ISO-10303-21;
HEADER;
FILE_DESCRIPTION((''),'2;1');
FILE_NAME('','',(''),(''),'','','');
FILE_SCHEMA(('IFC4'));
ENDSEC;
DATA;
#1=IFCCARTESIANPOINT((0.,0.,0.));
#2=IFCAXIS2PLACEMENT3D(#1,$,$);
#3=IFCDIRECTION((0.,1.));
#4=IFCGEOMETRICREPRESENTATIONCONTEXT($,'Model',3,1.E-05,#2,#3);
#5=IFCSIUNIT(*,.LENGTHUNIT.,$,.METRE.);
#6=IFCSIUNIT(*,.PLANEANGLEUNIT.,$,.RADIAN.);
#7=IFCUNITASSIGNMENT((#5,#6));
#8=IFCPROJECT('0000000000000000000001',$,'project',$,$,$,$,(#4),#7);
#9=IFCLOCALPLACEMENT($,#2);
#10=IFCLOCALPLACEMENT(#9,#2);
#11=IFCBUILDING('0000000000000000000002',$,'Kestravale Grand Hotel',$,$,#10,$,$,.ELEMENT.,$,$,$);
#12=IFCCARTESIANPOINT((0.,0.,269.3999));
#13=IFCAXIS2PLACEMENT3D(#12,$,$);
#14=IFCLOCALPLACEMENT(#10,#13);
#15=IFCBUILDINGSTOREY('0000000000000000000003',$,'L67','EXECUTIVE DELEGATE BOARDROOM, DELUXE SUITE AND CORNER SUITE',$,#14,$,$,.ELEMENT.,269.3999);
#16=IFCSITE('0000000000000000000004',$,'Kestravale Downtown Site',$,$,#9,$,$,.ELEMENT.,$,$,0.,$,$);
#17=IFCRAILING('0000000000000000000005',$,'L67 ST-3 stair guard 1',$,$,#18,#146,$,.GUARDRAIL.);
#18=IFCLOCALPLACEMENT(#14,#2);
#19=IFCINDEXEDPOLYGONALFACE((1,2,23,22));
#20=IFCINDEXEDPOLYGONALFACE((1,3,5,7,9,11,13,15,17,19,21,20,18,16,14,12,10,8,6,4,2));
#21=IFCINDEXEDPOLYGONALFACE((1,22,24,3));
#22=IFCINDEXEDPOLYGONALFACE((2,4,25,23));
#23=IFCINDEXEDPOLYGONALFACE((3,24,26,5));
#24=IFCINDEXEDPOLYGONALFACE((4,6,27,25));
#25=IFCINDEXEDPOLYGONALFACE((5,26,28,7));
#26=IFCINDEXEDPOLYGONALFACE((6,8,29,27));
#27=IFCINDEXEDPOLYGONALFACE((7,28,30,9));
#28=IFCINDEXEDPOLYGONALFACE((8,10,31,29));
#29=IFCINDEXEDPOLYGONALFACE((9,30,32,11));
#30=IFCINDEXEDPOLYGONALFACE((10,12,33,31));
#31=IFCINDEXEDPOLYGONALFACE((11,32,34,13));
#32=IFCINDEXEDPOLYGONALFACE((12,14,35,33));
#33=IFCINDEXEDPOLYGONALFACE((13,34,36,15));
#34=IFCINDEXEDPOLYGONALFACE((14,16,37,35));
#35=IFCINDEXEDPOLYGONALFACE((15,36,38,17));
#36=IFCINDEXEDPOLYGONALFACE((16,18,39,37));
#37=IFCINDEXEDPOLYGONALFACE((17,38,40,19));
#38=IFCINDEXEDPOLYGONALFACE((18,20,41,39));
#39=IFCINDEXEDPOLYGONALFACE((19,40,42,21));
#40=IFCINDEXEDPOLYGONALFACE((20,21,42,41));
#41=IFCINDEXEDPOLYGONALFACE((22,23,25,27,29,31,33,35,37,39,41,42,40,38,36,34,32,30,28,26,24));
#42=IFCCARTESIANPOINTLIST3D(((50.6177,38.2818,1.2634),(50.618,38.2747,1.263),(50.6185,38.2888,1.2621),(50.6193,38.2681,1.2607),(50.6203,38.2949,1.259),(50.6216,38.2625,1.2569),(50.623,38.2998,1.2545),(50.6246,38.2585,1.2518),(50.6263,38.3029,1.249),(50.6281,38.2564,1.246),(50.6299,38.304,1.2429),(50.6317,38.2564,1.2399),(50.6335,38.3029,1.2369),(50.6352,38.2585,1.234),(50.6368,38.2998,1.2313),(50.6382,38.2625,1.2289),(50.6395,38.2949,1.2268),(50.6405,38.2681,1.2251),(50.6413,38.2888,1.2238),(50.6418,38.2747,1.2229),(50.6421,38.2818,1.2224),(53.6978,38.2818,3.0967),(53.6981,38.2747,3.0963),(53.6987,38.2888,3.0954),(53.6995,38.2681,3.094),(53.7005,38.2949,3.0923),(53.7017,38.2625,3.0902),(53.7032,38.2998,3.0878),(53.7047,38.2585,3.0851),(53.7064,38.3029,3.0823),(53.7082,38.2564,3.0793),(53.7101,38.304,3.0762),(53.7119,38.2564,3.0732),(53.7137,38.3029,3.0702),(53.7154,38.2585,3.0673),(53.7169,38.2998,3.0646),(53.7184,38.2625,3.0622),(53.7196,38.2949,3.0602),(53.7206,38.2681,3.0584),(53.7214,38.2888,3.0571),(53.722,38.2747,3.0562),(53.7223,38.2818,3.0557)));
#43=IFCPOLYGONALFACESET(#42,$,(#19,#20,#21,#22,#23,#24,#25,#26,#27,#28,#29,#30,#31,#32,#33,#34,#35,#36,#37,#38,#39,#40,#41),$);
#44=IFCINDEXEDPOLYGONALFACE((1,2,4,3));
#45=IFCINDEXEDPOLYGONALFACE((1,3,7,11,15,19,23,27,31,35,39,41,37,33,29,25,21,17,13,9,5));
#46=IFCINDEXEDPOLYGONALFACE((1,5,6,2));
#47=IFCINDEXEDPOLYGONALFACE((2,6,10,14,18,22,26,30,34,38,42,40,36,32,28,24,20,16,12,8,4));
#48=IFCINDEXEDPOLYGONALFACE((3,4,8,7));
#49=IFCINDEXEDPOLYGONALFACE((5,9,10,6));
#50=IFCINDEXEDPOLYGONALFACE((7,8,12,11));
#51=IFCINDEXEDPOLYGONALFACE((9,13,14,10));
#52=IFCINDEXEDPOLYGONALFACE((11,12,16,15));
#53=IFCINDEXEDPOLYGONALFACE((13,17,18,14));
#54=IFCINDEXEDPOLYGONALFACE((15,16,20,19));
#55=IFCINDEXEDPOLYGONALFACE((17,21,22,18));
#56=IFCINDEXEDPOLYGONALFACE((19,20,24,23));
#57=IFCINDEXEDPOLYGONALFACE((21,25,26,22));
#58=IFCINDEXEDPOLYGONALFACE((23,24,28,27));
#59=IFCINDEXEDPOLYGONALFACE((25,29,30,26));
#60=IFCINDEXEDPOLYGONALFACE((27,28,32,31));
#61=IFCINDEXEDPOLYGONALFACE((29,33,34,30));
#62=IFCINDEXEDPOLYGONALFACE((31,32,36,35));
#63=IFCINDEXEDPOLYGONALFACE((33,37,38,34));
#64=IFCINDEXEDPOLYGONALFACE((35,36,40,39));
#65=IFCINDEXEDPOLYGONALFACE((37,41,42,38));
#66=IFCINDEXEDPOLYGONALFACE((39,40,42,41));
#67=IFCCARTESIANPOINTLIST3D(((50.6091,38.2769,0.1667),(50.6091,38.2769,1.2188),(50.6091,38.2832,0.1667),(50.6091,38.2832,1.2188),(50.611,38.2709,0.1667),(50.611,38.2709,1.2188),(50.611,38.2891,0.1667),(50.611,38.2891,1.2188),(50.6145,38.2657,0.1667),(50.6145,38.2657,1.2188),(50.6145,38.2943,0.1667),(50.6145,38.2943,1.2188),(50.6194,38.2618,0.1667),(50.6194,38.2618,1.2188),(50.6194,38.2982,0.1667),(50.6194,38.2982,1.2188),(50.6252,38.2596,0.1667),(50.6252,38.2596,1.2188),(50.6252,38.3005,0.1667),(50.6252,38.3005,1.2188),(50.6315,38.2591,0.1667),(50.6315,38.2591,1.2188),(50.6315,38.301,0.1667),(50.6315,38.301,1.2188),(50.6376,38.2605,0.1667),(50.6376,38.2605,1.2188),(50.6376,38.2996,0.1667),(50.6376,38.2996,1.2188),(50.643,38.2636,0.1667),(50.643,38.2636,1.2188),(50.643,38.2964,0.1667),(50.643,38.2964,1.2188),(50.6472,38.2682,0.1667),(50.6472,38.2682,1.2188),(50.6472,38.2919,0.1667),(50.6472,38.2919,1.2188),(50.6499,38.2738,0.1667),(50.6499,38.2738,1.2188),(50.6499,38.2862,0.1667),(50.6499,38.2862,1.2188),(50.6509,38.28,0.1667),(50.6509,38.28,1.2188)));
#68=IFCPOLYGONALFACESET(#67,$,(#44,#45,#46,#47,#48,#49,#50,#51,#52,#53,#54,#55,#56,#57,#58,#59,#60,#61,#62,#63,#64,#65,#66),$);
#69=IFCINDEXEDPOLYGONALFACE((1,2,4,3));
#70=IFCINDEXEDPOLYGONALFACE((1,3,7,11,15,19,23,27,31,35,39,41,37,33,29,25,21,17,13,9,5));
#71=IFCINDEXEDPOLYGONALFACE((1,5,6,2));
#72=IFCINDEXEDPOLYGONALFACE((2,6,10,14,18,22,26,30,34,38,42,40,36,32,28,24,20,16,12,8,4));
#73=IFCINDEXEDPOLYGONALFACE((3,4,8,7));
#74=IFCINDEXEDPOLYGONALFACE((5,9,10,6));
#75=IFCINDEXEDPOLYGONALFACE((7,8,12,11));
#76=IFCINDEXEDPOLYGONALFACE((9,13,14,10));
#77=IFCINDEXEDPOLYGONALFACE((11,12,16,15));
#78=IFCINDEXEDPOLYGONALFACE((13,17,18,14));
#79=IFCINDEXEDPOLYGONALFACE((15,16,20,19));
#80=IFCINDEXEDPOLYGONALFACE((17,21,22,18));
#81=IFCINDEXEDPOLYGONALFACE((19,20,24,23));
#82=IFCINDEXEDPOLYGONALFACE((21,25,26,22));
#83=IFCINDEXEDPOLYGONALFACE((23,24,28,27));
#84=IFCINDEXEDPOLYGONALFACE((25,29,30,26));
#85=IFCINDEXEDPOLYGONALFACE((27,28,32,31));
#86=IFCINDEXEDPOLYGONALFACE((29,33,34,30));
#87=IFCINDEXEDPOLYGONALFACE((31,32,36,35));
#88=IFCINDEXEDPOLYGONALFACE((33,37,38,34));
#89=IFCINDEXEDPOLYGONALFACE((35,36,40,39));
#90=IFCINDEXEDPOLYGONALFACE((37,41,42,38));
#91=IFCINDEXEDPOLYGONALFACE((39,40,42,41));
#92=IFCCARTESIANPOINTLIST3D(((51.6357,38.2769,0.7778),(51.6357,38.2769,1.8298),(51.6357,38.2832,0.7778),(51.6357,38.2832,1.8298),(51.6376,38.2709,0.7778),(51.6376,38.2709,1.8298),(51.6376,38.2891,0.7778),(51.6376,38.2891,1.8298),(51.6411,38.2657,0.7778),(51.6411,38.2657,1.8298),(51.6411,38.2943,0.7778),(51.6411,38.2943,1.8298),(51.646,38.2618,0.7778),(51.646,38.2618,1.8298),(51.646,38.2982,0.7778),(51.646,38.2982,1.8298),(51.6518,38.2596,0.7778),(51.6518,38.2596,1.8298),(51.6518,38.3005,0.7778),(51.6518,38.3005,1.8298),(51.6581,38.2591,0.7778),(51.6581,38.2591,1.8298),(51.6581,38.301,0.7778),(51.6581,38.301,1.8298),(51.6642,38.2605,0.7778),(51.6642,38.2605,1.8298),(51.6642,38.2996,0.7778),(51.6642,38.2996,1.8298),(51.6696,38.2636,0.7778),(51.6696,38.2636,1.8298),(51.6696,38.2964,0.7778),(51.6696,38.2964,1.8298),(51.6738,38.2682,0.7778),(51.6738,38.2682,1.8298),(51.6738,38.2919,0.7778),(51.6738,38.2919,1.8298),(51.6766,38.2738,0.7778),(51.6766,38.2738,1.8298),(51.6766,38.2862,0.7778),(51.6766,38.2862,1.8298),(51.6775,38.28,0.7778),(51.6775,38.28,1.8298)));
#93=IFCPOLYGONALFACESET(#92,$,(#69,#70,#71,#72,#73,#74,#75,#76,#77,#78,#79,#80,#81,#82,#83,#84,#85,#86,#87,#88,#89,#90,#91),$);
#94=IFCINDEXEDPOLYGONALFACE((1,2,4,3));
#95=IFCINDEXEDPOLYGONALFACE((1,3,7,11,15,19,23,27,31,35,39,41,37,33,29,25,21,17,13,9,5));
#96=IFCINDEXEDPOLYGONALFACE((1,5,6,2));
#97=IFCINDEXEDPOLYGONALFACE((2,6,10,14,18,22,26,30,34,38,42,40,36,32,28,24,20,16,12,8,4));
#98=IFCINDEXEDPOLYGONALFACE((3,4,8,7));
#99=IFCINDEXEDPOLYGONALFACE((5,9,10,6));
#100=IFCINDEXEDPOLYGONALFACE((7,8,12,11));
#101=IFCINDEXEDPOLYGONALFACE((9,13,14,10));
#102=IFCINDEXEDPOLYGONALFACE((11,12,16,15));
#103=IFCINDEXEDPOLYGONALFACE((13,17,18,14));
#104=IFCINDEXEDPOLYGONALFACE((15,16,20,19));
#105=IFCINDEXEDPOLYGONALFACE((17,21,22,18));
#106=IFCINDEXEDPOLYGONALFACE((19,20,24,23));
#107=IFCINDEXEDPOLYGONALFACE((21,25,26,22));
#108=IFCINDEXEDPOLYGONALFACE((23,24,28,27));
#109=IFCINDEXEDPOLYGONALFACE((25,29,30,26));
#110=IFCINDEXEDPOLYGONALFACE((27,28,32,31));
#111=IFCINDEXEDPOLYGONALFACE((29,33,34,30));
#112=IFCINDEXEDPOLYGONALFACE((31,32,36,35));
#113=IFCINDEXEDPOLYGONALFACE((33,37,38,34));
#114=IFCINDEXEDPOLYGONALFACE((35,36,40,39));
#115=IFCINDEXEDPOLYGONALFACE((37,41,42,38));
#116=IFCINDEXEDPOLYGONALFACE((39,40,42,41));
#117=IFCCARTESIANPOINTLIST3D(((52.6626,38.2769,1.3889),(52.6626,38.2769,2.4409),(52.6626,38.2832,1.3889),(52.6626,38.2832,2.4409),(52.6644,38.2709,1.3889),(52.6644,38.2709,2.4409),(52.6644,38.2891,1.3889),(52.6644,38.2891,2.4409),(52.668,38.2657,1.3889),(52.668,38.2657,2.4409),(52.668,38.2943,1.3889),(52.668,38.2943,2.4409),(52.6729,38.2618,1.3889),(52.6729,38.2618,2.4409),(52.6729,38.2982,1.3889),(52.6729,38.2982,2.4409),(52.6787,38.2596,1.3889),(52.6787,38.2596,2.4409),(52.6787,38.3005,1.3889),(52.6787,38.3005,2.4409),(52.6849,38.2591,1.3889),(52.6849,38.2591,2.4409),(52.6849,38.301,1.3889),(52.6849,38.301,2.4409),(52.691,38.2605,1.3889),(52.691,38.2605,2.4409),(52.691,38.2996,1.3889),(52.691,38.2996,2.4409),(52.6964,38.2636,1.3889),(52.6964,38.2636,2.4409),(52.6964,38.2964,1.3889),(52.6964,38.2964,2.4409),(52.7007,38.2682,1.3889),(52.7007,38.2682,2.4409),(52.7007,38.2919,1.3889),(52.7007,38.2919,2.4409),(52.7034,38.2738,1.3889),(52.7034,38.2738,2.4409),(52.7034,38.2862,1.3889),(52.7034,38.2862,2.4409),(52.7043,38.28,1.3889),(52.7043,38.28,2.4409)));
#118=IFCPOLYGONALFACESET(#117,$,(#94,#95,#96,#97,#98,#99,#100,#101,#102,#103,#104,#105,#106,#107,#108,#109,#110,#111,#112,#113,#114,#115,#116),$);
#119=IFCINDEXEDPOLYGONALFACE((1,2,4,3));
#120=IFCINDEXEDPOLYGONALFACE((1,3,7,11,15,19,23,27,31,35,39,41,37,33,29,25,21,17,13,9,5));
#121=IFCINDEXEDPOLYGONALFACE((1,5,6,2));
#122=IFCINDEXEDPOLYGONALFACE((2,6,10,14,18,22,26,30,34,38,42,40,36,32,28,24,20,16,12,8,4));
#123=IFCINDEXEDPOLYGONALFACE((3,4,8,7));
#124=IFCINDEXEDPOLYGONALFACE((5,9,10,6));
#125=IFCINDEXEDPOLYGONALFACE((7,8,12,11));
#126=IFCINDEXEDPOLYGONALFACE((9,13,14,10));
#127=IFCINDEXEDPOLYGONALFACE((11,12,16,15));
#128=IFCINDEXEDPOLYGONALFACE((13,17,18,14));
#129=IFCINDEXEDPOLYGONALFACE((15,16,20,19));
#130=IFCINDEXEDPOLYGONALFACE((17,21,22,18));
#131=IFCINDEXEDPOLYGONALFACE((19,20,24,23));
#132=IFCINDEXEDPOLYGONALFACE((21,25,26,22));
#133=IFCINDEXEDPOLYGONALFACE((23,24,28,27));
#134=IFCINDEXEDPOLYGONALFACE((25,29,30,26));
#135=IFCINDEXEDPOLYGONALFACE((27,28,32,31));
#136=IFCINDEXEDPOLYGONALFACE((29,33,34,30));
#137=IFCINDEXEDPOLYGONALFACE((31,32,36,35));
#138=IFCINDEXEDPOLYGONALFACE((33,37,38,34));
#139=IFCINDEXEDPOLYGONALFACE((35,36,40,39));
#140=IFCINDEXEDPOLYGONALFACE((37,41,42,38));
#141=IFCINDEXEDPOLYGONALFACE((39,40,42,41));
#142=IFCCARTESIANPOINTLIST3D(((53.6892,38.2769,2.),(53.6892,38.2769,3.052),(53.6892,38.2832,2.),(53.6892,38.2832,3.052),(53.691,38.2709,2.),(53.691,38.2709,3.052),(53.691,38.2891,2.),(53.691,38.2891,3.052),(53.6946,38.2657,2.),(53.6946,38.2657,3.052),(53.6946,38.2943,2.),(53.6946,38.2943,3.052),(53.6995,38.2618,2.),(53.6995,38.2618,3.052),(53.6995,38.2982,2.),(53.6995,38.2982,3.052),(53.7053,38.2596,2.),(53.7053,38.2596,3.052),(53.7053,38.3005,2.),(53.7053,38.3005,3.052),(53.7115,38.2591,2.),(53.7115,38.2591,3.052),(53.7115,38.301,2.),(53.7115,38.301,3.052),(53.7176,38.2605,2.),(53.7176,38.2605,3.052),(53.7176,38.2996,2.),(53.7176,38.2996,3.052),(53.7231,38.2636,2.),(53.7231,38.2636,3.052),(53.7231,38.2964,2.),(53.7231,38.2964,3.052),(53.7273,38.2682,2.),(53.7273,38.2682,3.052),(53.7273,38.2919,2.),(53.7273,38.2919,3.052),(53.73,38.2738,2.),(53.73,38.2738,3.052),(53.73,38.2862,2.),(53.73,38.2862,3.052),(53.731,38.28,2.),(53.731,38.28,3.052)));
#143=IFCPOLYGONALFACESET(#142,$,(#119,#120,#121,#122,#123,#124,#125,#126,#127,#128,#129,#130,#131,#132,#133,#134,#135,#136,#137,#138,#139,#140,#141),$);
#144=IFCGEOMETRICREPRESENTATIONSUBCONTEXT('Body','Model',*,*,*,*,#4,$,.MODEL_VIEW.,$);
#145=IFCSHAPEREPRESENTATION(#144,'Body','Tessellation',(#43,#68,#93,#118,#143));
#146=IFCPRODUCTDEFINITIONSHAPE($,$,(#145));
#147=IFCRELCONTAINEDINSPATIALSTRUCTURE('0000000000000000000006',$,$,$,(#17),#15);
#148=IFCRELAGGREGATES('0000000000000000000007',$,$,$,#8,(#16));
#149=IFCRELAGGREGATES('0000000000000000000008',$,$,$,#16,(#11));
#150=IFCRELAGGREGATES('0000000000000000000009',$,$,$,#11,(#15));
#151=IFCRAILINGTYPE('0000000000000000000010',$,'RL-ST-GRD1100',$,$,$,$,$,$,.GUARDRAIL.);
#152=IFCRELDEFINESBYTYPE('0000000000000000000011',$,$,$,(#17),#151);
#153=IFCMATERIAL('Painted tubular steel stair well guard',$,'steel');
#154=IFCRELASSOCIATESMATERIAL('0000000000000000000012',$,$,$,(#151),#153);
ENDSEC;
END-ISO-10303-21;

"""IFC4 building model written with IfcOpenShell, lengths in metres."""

from ifc_helpers import new_model, si_unit, direction, frame, origin, origin_2d, place, context, subcontext, project, spatial, circle, extrude, material, type_object, element, save


model = new_model("IFC4")

# Units and contexts
model_context = context("Model", 3, precision=1e-05, world=origin(), true_north=direction((0.0, 1.0)))
body_context = subcontext(model_context, "Body", "Model", "MODEL_VIEW")
ifc_project = project(units=[si_unit("LENGTHUNIT", "METRE"), si_unit("PLANEANGLEUNIT", "RADIAN")], contexts=[model_context])

# Site, building, storey
site_placement = place(None, origin())
site = spatial("IfcSite", under=ifc_project, at=site_placement, Name="Kestravale Downtown Site", CompositionType="ELEMENT", RefElevation=0.0)
building_placement = place(site_placement, origin())
building = spatial("IfcBuilding", under=site, at=building_placement, Name="Kestravale Grand Hotel", CompositionType="ELEMENT")
storey_placement = place(building_placement, frame((0.0, 0.0, 269.3999)))
storey = spatial("IfcBuildingStorey", under=building, at=storey_placement, Name="L67", Description="EXECUTIVE DELEGATE BOARDROOM, DELUXE SUITE AND CORNER SUITE", CompositionType="ELEMENT", Elevation=269.3999)

# Railing
ifc_material_1 = material(Name="Painted tubular steel stair well guard", Category="steel")
railing_type_1 = type_object("IfcRailingType", Name="RL-ST-GRD1100", PredefinedType="GUARDRAIL", material=ifc_material_1)
railing_1_placement = place(storey_placement, frame((50.6299, 38.28, 0.1667)))
element("IfcRailing", 1, at=railing_1_placement, inside=storey, type_object=railing_type_1, Name="L67 ST-3 stair guard 1", PredefinedType="GUARDRAIL", context=body_context, shape_type="SweptSolid", body=[
    extrude(circle(Radius=0.0239, at=origin_2d()), frame((0.0, 0.0, 1.0762), z_axis=(0.859309, 0.0, 0.511458), x_axis=(0.0, 1.0, 0.0)), (0.0, 0.0, 1.0), 3.5845),
    extrude(circle(Radius=0.021, at=origin_2d()), origin(), (0.0, 0.0, 1.0), 1.052),
    extrude(circle(Radius=0.021, at=origin_2d()), frame((1.0266, 0.0, 0.6111)), (0.0, 0.0, 1.0), 1.052),
    extrude(circle(Radius=0.021, at=origin_2d()), frame((2.0535, 0.0, 1.2222)), (0.0, 0.0, 1.0), 1.052),
    extrude(circle(Radius=0.021, at=origin_2d()), frame((3.0801, 0.0, 1.8333)), (0.0, 0.0, 1.0), 1.052),
])

save(model, "model.ifc")
